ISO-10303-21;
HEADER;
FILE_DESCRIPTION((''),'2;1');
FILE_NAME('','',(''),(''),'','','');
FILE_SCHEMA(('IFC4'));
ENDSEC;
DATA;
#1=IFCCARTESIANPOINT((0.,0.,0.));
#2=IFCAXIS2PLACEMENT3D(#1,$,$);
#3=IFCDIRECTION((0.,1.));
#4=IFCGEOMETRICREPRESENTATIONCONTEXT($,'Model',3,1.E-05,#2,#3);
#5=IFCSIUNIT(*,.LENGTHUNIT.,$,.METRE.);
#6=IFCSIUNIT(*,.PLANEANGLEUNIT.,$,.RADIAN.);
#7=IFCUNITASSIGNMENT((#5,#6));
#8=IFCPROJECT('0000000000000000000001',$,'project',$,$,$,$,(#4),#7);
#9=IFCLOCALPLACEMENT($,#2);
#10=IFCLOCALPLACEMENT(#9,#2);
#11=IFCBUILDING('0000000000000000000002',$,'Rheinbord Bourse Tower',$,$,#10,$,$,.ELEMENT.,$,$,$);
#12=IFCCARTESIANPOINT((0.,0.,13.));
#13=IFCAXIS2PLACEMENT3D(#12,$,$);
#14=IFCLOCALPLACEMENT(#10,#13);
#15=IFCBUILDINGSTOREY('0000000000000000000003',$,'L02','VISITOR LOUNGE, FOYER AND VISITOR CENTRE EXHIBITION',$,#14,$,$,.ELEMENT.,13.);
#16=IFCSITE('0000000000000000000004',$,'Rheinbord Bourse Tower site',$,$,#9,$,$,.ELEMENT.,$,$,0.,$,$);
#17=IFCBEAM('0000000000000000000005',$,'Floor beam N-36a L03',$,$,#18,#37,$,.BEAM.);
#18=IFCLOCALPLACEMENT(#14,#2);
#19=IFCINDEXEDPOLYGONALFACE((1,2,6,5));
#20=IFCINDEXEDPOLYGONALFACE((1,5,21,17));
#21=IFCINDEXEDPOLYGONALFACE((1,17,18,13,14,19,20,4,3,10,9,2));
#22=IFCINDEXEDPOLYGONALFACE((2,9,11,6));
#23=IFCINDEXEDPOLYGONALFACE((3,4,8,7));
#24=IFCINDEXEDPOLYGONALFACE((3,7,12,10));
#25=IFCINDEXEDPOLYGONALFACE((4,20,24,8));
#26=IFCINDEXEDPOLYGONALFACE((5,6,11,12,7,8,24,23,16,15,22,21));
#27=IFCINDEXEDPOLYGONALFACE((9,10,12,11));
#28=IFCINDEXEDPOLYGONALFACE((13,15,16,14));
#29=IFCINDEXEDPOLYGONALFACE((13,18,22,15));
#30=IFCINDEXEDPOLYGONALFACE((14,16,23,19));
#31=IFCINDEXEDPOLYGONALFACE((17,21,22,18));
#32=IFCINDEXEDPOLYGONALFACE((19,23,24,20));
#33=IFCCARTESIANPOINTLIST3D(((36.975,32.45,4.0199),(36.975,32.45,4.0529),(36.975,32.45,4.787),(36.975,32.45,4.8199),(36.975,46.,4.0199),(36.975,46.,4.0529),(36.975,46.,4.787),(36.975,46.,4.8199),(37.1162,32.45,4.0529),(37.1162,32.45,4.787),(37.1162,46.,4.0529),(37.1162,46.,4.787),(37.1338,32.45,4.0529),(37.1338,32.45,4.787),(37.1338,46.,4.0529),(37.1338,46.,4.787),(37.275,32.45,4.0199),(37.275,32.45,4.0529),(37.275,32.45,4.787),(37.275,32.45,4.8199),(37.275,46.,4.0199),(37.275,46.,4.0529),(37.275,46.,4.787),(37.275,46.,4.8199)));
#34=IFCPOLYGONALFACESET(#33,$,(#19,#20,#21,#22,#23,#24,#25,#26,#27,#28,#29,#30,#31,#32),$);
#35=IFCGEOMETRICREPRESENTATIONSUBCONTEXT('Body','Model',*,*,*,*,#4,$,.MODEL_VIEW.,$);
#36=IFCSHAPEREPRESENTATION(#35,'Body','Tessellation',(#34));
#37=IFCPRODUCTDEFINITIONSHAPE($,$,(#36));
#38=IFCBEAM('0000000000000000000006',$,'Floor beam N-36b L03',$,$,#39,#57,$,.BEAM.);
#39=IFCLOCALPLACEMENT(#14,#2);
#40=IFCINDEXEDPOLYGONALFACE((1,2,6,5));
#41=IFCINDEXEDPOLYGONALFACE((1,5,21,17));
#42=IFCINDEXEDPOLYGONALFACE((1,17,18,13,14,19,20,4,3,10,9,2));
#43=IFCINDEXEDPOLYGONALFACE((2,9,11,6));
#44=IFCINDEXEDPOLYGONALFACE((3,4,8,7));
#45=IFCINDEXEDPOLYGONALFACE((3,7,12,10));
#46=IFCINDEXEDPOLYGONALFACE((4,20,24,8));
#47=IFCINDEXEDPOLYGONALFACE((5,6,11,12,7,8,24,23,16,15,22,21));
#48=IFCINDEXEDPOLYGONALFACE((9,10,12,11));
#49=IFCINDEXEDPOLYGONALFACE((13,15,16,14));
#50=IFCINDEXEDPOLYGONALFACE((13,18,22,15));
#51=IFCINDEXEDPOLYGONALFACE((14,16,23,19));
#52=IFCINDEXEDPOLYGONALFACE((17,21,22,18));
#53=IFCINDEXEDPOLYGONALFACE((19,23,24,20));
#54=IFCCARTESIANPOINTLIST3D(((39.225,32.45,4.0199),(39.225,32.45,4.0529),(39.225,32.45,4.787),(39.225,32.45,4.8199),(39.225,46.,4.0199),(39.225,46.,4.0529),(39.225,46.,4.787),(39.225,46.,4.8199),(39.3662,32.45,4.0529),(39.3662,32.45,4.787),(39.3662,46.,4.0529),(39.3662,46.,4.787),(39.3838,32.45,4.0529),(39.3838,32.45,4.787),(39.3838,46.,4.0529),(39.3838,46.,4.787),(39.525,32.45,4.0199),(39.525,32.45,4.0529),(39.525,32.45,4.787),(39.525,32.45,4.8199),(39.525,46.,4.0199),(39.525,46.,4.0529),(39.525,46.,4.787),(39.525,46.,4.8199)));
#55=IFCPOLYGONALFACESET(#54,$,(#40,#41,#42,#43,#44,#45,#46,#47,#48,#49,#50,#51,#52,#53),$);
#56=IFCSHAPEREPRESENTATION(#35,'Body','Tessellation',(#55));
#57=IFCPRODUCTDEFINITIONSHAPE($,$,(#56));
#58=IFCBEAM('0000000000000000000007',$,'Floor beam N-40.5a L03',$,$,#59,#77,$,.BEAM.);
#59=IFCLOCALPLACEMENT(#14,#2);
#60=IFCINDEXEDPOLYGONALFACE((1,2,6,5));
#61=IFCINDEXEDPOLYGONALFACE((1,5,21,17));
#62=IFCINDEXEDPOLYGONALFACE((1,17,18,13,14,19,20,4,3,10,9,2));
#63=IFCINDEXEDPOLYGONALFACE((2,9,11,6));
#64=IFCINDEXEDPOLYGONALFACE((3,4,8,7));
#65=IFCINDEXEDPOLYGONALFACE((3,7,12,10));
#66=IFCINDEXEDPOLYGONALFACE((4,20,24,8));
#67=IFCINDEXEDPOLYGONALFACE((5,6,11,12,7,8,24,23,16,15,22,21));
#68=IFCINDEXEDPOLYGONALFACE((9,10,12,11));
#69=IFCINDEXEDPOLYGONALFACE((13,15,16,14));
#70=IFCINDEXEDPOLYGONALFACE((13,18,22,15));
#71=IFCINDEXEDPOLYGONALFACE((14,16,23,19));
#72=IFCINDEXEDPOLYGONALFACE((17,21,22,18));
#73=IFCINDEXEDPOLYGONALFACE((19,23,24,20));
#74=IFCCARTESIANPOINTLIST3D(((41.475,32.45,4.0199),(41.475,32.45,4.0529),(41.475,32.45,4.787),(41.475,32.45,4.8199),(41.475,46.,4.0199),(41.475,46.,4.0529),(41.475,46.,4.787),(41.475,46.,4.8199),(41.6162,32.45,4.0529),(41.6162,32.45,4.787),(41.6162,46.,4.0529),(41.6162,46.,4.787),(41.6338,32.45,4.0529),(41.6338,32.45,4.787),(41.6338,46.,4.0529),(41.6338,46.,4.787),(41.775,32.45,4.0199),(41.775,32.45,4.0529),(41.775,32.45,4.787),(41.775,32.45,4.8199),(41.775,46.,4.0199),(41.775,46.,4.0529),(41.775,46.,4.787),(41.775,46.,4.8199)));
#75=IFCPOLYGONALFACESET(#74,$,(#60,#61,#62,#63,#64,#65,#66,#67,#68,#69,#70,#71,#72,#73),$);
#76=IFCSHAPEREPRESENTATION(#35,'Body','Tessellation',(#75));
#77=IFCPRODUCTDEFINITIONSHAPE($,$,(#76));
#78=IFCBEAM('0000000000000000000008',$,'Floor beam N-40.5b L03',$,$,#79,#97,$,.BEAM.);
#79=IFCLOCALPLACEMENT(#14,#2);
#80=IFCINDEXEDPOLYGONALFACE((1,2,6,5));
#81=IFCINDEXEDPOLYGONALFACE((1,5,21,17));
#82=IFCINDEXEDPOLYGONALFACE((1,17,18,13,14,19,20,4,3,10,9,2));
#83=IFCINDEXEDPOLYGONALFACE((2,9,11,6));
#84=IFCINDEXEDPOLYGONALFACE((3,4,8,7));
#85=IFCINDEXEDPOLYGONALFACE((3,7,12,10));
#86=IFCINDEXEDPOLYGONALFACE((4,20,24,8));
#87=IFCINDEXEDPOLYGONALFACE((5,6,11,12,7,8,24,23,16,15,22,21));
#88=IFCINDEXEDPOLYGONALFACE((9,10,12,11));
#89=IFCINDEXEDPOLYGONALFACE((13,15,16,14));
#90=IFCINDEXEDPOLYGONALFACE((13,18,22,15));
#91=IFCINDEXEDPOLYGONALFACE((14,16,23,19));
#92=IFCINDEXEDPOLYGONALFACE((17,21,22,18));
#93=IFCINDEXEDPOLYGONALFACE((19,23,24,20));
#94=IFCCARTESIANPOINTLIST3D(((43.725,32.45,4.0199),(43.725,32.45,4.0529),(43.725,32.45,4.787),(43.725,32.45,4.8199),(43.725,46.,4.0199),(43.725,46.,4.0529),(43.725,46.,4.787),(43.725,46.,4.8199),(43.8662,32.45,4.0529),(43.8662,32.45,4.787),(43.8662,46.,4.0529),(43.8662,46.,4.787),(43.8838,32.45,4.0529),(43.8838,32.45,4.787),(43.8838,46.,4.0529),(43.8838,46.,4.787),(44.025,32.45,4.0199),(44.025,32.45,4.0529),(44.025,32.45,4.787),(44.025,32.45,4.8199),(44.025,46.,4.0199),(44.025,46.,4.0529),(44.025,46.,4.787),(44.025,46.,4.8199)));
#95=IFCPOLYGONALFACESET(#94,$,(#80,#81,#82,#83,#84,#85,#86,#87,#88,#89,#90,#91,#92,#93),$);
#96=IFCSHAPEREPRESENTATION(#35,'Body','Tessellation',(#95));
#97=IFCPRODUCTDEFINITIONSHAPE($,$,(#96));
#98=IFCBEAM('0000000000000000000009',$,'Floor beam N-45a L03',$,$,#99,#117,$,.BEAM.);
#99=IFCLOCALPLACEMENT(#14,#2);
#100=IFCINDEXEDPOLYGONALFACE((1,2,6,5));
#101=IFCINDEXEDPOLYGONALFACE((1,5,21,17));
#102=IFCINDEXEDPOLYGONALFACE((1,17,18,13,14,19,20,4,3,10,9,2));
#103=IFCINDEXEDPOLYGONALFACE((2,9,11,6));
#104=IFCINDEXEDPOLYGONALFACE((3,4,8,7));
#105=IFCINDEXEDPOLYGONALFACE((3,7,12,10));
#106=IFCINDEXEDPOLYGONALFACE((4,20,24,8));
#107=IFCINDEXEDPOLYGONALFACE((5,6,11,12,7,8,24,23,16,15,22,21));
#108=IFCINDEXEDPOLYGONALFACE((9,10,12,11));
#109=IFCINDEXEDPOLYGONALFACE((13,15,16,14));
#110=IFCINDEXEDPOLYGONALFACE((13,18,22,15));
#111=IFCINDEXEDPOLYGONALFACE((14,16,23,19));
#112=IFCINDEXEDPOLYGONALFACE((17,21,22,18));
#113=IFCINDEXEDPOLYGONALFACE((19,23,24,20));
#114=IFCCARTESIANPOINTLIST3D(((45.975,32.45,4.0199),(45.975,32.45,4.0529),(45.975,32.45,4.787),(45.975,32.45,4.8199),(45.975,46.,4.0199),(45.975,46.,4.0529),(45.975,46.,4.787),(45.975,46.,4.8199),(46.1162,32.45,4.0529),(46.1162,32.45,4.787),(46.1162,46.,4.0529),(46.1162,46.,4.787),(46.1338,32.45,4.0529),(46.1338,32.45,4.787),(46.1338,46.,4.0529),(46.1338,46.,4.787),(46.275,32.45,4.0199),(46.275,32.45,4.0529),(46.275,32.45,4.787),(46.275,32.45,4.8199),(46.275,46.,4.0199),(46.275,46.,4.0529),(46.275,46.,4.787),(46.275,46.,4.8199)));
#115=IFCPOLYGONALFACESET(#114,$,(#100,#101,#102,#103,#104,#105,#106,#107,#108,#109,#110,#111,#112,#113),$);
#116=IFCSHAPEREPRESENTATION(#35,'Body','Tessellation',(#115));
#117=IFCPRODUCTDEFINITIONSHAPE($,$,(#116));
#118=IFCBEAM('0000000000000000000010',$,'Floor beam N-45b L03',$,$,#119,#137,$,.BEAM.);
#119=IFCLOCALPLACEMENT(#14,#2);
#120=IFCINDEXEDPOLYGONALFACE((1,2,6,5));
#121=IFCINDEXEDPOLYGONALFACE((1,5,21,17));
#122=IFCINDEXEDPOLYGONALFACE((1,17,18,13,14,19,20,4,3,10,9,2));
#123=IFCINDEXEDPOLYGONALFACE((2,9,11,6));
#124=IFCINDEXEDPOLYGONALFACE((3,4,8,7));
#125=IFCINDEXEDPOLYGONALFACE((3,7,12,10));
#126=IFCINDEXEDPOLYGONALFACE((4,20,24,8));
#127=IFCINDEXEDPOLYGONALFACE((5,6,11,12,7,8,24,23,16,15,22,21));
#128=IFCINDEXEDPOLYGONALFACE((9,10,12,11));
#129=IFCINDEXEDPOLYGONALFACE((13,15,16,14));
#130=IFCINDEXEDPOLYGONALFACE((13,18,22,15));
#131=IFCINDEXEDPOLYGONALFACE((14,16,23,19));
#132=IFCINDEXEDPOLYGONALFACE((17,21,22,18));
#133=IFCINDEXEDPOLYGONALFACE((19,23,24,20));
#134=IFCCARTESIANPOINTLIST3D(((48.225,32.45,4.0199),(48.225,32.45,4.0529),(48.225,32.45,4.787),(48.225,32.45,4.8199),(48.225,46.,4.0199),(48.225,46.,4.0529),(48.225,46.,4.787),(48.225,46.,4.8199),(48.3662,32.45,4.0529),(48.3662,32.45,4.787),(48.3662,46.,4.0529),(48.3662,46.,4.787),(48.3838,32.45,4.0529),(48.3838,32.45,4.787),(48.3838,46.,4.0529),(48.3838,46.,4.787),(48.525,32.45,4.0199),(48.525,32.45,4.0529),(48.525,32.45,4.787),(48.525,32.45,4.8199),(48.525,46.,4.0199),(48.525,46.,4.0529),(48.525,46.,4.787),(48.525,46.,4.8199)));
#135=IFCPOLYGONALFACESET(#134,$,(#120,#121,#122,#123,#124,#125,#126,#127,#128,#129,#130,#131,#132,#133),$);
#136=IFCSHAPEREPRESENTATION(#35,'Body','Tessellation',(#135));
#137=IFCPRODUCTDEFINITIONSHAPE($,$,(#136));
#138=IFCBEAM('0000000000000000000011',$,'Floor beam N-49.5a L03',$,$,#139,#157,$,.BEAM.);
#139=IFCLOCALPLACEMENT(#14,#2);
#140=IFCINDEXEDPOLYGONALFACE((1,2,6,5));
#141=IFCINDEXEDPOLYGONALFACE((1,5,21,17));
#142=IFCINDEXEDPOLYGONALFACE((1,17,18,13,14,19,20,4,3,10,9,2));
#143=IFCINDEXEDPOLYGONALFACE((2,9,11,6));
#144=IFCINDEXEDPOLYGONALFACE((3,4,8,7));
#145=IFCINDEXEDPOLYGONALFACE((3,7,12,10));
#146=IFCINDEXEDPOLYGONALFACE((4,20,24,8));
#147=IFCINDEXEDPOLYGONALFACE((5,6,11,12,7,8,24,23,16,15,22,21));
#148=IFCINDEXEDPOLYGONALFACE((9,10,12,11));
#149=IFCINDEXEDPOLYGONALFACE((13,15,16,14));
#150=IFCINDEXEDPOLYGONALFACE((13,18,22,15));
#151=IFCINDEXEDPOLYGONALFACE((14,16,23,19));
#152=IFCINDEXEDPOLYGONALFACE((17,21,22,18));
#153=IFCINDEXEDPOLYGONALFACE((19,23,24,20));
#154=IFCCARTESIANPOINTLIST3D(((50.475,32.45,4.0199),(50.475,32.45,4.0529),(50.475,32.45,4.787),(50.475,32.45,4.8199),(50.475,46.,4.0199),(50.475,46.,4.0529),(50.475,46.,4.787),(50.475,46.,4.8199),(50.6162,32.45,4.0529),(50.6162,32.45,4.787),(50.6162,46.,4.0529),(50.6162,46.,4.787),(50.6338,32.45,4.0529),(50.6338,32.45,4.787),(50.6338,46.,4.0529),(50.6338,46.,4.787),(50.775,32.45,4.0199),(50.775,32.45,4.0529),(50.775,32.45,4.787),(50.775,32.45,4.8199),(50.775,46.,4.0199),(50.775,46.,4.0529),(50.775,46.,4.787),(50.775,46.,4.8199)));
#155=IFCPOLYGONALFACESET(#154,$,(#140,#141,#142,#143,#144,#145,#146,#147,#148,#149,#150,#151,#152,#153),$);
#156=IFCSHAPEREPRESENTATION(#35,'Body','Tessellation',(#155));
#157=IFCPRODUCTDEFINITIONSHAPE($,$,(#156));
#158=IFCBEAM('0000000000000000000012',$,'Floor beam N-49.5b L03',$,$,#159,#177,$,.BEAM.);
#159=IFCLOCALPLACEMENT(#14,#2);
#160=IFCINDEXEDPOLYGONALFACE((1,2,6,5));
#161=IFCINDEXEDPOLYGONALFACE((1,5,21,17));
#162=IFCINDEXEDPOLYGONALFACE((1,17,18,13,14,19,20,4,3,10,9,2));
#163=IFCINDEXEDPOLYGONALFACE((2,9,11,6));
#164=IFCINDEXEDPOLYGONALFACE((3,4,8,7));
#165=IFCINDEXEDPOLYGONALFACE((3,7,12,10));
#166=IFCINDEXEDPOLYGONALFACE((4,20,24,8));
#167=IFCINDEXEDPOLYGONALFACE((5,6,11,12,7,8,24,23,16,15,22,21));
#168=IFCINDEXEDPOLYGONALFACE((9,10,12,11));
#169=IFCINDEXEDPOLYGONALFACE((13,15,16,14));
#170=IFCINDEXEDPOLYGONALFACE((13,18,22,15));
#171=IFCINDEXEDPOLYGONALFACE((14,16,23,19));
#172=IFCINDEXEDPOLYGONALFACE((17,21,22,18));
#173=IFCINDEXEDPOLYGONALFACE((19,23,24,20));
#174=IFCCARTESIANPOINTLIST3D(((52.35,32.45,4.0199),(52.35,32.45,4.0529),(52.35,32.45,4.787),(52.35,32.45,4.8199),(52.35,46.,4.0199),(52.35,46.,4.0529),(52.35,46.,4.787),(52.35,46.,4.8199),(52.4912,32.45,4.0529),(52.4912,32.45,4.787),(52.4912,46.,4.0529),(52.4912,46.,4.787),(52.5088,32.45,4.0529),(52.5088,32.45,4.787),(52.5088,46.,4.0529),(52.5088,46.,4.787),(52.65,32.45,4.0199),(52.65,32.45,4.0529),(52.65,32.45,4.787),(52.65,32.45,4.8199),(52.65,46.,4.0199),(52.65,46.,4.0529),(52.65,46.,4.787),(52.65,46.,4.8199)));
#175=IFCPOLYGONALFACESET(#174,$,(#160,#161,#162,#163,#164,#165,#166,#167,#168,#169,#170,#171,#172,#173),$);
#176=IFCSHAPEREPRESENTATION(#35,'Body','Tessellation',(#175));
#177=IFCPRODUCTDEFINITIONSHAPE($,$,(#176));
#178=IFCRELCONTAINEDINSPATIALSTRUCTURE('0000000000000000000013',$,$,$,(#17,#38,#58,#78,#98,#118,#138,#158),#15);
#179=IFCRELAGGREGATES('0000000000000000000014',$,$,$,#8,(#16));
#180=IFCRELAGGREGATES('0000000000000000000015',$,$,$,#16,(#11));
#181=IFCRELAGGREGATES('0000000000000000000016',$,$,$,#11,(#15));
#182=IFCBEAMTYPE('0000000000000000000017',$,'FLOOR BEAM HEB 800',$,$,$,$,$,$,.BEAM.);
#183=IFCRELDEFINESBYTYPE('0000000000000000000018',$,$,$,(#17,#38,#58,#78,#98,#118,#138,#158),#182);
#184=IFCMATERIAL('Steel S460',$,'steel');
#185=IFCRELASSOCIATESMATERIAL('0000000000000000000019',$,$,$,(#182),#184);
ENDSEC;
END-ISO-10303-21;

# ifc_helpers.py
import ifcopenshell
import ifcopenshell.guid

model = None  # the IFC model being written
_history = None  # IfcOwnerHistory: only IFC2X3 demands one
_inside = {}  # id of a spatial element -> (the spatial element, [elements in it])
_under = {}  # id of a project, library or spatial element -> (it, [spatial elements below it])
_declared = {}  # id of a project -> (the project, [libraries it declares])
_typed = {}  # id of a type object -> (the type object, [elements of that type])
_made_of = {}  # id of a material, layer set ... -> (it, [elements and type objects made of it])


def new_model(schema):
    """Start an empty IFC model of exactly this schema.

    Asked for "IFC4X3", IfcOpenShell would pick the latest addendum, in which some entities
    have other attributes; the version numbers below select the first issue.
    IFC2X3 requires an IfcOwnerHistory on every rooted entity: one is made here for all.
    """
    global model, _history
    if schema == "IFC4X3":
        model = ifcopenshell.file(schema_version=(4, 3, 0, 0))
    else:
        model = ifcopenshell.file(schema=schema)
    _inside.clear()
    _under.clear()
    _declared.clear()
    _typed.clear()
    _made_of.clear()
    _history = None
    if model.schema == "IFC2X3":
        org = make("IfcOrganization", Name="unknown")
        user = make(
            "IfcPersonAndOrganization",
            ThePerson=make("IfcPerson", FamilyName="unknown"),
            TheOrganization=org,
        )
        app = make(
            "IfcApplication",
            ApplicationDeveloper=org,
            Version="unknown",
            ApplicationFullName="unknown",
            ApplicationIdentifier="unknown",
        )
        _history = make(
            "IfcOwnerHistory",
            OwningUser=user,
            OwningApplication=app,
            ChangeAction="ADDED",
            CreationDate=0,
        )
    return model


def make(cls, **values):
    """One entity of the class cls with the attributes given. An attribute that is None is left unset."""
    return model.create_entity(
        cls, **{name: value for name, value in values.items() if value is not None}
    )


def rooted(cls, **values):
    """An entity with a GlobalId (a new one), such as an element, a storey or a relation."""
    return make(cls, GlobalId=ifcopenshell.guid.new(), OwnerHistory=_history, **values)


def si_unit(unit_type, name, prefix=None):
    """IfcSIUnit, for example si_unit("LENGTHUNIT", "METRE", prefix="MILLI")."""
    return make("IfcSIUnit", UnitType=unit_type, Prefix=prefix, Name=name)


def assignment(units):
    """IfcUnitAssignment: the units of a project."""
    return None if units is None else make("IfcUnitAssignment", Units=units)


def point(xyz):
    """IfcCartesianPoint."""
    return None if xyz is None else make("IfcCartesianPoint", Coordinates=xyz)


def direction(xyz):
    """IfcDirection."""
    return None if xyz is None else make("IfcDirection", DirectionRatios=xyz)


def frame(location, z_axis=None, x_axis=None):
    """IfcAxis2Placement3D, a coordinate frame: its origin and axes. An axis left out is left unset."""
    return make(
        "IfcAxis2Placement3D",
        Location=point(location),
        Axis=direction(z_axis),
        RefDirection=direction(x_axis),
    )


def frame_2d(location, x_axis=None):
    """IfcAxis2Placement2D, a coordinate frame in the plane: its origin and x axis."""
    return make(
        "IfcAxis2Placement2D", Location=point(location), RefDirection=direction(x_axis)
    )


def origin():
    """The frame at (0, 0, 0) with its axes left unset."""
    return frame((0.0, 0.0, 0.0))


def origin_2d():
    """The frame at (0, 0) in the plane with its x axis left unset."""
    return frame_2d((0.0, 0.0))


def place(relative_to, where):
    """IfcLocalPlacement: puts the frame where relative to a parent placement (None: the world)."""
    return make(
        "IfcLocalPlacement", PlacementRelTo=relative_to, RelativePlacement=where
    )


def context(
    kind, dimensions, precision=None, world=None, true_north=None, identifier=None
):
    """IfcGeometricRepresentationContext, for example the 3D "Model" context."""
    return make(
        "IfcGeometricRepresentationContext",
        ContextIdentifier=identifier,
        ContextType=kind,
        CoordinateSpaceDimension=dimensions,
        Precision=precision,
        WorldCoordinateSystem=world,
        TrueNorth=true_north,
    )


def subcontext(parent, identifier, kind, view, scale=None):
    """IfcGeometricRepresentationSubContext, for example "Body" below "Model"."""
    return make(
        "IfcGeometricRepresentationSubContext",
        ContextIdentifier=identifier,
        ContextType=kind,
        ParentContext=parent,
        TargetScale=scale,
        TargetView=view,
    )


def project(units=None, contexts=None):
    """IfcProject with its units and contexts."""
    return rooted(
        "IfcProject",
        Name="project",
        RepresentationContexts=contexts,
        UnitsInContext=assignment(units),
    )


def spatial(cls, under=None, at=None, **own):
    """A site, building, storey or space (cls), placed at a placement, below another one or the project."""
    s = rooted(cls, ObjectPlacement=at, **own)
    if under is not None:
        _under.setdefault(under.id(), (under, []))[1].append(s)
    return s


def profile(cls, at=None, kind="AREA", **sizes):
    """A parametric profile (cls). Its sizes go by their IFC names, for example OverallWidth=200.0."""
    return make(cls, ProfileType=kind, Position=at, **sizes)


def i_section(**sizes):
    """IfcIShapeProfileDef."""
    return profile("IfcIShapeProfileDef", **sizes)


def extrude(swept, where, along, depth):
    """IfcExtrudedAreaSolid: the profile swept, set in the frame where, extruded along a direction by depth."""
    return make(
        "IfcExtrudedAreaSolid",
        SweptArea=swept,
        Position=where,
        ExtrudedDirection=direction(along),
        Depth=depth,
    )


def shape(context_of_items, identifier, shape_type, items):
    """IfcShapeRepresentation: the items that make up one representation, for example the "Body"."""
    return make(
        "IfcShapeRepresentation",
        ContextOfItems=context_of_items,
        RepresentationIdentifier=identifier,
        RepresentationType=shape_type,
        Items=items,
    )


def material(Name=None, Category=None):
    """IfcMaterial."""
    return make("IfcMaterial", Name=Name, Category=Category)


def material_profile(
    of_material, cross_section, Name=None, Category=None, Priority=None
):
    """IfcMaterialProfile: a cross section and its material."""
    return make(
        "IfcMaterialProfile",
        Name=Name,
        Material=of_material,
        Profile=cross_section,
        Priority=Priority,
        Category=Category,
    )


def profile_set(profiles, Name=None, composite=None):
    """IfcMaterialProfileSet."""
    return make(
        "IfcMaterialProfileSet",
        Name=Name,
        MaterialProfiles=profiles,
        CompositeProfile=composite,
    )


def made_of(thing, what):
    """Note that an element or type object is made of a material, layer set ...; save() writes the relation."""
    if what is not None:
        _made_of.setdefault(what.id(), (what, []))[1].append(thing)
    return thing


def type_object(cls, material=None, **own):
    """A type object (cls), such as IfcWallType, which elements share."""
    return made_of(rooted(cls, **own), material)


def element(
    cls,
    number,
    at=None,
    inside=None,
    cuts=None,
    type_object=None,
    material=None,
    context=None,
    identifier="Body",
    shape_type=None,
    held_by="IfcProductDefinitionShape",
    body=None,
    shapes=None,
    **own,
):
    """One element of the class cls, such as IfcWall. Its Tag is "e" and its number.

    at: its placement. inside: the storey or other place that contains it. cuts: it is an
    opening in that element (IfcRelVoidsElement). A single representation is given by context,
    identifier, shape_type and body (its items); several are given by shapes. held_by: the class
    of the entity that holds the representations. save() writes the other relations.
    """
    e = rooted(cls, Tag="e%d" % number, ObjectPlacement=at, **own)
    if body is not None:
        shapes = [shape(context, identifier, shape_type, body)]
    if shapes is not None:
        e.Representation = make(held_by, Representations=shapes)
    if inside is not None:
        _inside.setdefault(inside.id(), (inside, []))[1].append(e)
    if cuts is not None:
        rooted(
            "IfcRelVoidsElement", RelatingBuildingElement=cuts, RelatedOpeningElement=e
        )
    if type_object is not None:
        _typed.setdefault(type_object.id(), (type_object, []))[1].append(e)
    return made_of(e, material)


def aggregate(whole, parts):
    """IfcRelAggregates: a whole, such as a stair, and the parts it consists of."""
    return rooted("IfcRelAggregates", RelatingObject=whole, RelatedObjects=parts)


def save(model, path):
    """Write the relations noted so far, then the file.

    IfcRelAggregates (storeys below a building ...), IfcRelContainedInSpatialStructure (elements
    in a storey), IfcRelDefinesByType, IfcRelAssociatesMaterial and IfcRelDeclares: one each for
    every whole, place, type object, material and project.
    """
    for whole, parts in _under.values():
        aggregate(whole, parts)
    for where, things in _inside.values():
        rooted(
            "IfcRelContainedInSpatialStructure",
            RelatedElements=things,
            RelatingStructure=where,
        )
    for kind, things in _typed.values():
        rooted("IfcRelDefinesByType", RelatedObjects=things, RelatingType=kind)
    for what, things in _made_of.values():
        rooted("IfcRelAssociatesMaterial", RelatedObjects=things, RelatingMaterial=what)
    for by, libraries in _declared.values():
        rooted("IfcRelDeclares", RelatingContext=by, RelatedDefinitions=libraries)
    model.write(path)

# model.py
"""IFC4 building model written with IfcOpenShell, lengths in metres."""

from ifc_helpers import new_model, si_unit, direction, frame, origin, origin_2d, place, context, subcontext, project, spatial, i_section, extrude, material, material_profile, profile_set, type_object, element, save


model = new_model("IFC4")

# Units and contexts
model_context = context("Model", 3, precision=1e-05, world=origin(), true_north=direction((0.0, 1.0)))
body_context = subcontext(model_context, "Body", "Model", "MODEL_VIEW")
ifc_project = project(units=[si_unit("LENGTHUNIT", "METRE"), si_unit("PLANEANGLEUNIT", "RADIAN")], contexts=[model_context])

# Site, building, storey
site_placement = place(None, origin())
site = spatial("IfcSite", under=ifc_project, at=site_placement, Name="Rheinbord Bourse Tower site", CompositionType="ELEMENT", RefElevation=0.0)
building_placement = place(site_placement, origin())
building = spatial("IfcBuilding", under=site, at=building_placement, Name="Rheinbord Bourse Tower", CompositionType="ELEMENT")
storey_placement = place(building_placement, frame((0.0, 0.0, 13.0)))
storey = spatial("IfcBuildingStorey", under=building, at=storey_placement, Name="L02", Description="VISITOR LOUNGE, FOYER AND VISITOR CENTRE EXHIBITION", CompositionType="ELEMENT", Elevation=13.0)

# Beams
ifc_material_1 = material(Name="Steel S460", Category="steel")
ifc_material_profile_1 = material_profile(ifc_material_1, i_section(OverallWidth=0.3, OverallDepth=0.8, WebThickness=0.0176, FlangeThickness=0.033, at=origin_2d()), Name="HEB 800")
ifc_profile_set_1 = profile_set([ifc_material_profile_1], Name="Steel S460")
beam_type_1 = type_object("IfcBeamType", Name="FLOOR BEAM HEB 800", PredefinedType="BEAM", material=ifc_profile_set_1)
for number, where, z_axis, x_axis, name in (
    (1, (37.125, 46.0, 4.4199), (0.0, -1.0, 0.0), (1.0, 0.0, 0.0), "Floor beam N-36a L03"),
    (2, (39.375, 46.0, 4.4199), (0.0, -1.0, 0.0), (1.0, 0.0, 0.0), "Floor beam N-36b L03"),
    (3, (41.625, 46.0, 4.4199), (0.0, -1.0, 0.0), (1.0, 0.0, 0.0), "Floor beam N-40.5a L03"),
    (4, (43.875, 46.0, 4.4199), (0.0, -1.0, 0.0), (1.0, 0.0, 0.0), "Floor beam N-40.5b L03"),
    (5, (46.125, 46.0, 4.4199), (0.0, -1.0, 0.0), (1.0, 0.0, 0.0), "Floor beam N-45a L03"),
    (6, (48.375, 46.0, 4.4199), (0.0, -1.0, 0.0), (1.0, 0.0, 0.0), "Floor beam N-45b L03"),
    (7, (50.625, 46.0, 4.4199), (0.0, -1.0, 0.0), (1.0, 0.0, 0.0), "Floor beam N-49.5a L03"),
    (8, (52.5, 46.0, 4.4199), (0.0, -1.0, 0.0), (1.0, 0.0, 0.0), "Floor beam N-49.5b L03"),
):
    element("IfcBeam", number, at=place(storey_placement, frame(where, z_axis=z_axis, x_axis=x_axis)), inside=storey, type_object=beam_type_1, Name=name, PredefinedType="BEAM", context=body_context, shape_type="SweptSolid", body=[
        extrude(i_section(OverallWidth=0.3, OverallDepth=0.8, WebThickness=0.0176, FlangeThickness=0.033, at=origin_2d()), origin(), (0.0, 0.0, 1.0), 13.55),
    ])

save(model, "model.ifc")
